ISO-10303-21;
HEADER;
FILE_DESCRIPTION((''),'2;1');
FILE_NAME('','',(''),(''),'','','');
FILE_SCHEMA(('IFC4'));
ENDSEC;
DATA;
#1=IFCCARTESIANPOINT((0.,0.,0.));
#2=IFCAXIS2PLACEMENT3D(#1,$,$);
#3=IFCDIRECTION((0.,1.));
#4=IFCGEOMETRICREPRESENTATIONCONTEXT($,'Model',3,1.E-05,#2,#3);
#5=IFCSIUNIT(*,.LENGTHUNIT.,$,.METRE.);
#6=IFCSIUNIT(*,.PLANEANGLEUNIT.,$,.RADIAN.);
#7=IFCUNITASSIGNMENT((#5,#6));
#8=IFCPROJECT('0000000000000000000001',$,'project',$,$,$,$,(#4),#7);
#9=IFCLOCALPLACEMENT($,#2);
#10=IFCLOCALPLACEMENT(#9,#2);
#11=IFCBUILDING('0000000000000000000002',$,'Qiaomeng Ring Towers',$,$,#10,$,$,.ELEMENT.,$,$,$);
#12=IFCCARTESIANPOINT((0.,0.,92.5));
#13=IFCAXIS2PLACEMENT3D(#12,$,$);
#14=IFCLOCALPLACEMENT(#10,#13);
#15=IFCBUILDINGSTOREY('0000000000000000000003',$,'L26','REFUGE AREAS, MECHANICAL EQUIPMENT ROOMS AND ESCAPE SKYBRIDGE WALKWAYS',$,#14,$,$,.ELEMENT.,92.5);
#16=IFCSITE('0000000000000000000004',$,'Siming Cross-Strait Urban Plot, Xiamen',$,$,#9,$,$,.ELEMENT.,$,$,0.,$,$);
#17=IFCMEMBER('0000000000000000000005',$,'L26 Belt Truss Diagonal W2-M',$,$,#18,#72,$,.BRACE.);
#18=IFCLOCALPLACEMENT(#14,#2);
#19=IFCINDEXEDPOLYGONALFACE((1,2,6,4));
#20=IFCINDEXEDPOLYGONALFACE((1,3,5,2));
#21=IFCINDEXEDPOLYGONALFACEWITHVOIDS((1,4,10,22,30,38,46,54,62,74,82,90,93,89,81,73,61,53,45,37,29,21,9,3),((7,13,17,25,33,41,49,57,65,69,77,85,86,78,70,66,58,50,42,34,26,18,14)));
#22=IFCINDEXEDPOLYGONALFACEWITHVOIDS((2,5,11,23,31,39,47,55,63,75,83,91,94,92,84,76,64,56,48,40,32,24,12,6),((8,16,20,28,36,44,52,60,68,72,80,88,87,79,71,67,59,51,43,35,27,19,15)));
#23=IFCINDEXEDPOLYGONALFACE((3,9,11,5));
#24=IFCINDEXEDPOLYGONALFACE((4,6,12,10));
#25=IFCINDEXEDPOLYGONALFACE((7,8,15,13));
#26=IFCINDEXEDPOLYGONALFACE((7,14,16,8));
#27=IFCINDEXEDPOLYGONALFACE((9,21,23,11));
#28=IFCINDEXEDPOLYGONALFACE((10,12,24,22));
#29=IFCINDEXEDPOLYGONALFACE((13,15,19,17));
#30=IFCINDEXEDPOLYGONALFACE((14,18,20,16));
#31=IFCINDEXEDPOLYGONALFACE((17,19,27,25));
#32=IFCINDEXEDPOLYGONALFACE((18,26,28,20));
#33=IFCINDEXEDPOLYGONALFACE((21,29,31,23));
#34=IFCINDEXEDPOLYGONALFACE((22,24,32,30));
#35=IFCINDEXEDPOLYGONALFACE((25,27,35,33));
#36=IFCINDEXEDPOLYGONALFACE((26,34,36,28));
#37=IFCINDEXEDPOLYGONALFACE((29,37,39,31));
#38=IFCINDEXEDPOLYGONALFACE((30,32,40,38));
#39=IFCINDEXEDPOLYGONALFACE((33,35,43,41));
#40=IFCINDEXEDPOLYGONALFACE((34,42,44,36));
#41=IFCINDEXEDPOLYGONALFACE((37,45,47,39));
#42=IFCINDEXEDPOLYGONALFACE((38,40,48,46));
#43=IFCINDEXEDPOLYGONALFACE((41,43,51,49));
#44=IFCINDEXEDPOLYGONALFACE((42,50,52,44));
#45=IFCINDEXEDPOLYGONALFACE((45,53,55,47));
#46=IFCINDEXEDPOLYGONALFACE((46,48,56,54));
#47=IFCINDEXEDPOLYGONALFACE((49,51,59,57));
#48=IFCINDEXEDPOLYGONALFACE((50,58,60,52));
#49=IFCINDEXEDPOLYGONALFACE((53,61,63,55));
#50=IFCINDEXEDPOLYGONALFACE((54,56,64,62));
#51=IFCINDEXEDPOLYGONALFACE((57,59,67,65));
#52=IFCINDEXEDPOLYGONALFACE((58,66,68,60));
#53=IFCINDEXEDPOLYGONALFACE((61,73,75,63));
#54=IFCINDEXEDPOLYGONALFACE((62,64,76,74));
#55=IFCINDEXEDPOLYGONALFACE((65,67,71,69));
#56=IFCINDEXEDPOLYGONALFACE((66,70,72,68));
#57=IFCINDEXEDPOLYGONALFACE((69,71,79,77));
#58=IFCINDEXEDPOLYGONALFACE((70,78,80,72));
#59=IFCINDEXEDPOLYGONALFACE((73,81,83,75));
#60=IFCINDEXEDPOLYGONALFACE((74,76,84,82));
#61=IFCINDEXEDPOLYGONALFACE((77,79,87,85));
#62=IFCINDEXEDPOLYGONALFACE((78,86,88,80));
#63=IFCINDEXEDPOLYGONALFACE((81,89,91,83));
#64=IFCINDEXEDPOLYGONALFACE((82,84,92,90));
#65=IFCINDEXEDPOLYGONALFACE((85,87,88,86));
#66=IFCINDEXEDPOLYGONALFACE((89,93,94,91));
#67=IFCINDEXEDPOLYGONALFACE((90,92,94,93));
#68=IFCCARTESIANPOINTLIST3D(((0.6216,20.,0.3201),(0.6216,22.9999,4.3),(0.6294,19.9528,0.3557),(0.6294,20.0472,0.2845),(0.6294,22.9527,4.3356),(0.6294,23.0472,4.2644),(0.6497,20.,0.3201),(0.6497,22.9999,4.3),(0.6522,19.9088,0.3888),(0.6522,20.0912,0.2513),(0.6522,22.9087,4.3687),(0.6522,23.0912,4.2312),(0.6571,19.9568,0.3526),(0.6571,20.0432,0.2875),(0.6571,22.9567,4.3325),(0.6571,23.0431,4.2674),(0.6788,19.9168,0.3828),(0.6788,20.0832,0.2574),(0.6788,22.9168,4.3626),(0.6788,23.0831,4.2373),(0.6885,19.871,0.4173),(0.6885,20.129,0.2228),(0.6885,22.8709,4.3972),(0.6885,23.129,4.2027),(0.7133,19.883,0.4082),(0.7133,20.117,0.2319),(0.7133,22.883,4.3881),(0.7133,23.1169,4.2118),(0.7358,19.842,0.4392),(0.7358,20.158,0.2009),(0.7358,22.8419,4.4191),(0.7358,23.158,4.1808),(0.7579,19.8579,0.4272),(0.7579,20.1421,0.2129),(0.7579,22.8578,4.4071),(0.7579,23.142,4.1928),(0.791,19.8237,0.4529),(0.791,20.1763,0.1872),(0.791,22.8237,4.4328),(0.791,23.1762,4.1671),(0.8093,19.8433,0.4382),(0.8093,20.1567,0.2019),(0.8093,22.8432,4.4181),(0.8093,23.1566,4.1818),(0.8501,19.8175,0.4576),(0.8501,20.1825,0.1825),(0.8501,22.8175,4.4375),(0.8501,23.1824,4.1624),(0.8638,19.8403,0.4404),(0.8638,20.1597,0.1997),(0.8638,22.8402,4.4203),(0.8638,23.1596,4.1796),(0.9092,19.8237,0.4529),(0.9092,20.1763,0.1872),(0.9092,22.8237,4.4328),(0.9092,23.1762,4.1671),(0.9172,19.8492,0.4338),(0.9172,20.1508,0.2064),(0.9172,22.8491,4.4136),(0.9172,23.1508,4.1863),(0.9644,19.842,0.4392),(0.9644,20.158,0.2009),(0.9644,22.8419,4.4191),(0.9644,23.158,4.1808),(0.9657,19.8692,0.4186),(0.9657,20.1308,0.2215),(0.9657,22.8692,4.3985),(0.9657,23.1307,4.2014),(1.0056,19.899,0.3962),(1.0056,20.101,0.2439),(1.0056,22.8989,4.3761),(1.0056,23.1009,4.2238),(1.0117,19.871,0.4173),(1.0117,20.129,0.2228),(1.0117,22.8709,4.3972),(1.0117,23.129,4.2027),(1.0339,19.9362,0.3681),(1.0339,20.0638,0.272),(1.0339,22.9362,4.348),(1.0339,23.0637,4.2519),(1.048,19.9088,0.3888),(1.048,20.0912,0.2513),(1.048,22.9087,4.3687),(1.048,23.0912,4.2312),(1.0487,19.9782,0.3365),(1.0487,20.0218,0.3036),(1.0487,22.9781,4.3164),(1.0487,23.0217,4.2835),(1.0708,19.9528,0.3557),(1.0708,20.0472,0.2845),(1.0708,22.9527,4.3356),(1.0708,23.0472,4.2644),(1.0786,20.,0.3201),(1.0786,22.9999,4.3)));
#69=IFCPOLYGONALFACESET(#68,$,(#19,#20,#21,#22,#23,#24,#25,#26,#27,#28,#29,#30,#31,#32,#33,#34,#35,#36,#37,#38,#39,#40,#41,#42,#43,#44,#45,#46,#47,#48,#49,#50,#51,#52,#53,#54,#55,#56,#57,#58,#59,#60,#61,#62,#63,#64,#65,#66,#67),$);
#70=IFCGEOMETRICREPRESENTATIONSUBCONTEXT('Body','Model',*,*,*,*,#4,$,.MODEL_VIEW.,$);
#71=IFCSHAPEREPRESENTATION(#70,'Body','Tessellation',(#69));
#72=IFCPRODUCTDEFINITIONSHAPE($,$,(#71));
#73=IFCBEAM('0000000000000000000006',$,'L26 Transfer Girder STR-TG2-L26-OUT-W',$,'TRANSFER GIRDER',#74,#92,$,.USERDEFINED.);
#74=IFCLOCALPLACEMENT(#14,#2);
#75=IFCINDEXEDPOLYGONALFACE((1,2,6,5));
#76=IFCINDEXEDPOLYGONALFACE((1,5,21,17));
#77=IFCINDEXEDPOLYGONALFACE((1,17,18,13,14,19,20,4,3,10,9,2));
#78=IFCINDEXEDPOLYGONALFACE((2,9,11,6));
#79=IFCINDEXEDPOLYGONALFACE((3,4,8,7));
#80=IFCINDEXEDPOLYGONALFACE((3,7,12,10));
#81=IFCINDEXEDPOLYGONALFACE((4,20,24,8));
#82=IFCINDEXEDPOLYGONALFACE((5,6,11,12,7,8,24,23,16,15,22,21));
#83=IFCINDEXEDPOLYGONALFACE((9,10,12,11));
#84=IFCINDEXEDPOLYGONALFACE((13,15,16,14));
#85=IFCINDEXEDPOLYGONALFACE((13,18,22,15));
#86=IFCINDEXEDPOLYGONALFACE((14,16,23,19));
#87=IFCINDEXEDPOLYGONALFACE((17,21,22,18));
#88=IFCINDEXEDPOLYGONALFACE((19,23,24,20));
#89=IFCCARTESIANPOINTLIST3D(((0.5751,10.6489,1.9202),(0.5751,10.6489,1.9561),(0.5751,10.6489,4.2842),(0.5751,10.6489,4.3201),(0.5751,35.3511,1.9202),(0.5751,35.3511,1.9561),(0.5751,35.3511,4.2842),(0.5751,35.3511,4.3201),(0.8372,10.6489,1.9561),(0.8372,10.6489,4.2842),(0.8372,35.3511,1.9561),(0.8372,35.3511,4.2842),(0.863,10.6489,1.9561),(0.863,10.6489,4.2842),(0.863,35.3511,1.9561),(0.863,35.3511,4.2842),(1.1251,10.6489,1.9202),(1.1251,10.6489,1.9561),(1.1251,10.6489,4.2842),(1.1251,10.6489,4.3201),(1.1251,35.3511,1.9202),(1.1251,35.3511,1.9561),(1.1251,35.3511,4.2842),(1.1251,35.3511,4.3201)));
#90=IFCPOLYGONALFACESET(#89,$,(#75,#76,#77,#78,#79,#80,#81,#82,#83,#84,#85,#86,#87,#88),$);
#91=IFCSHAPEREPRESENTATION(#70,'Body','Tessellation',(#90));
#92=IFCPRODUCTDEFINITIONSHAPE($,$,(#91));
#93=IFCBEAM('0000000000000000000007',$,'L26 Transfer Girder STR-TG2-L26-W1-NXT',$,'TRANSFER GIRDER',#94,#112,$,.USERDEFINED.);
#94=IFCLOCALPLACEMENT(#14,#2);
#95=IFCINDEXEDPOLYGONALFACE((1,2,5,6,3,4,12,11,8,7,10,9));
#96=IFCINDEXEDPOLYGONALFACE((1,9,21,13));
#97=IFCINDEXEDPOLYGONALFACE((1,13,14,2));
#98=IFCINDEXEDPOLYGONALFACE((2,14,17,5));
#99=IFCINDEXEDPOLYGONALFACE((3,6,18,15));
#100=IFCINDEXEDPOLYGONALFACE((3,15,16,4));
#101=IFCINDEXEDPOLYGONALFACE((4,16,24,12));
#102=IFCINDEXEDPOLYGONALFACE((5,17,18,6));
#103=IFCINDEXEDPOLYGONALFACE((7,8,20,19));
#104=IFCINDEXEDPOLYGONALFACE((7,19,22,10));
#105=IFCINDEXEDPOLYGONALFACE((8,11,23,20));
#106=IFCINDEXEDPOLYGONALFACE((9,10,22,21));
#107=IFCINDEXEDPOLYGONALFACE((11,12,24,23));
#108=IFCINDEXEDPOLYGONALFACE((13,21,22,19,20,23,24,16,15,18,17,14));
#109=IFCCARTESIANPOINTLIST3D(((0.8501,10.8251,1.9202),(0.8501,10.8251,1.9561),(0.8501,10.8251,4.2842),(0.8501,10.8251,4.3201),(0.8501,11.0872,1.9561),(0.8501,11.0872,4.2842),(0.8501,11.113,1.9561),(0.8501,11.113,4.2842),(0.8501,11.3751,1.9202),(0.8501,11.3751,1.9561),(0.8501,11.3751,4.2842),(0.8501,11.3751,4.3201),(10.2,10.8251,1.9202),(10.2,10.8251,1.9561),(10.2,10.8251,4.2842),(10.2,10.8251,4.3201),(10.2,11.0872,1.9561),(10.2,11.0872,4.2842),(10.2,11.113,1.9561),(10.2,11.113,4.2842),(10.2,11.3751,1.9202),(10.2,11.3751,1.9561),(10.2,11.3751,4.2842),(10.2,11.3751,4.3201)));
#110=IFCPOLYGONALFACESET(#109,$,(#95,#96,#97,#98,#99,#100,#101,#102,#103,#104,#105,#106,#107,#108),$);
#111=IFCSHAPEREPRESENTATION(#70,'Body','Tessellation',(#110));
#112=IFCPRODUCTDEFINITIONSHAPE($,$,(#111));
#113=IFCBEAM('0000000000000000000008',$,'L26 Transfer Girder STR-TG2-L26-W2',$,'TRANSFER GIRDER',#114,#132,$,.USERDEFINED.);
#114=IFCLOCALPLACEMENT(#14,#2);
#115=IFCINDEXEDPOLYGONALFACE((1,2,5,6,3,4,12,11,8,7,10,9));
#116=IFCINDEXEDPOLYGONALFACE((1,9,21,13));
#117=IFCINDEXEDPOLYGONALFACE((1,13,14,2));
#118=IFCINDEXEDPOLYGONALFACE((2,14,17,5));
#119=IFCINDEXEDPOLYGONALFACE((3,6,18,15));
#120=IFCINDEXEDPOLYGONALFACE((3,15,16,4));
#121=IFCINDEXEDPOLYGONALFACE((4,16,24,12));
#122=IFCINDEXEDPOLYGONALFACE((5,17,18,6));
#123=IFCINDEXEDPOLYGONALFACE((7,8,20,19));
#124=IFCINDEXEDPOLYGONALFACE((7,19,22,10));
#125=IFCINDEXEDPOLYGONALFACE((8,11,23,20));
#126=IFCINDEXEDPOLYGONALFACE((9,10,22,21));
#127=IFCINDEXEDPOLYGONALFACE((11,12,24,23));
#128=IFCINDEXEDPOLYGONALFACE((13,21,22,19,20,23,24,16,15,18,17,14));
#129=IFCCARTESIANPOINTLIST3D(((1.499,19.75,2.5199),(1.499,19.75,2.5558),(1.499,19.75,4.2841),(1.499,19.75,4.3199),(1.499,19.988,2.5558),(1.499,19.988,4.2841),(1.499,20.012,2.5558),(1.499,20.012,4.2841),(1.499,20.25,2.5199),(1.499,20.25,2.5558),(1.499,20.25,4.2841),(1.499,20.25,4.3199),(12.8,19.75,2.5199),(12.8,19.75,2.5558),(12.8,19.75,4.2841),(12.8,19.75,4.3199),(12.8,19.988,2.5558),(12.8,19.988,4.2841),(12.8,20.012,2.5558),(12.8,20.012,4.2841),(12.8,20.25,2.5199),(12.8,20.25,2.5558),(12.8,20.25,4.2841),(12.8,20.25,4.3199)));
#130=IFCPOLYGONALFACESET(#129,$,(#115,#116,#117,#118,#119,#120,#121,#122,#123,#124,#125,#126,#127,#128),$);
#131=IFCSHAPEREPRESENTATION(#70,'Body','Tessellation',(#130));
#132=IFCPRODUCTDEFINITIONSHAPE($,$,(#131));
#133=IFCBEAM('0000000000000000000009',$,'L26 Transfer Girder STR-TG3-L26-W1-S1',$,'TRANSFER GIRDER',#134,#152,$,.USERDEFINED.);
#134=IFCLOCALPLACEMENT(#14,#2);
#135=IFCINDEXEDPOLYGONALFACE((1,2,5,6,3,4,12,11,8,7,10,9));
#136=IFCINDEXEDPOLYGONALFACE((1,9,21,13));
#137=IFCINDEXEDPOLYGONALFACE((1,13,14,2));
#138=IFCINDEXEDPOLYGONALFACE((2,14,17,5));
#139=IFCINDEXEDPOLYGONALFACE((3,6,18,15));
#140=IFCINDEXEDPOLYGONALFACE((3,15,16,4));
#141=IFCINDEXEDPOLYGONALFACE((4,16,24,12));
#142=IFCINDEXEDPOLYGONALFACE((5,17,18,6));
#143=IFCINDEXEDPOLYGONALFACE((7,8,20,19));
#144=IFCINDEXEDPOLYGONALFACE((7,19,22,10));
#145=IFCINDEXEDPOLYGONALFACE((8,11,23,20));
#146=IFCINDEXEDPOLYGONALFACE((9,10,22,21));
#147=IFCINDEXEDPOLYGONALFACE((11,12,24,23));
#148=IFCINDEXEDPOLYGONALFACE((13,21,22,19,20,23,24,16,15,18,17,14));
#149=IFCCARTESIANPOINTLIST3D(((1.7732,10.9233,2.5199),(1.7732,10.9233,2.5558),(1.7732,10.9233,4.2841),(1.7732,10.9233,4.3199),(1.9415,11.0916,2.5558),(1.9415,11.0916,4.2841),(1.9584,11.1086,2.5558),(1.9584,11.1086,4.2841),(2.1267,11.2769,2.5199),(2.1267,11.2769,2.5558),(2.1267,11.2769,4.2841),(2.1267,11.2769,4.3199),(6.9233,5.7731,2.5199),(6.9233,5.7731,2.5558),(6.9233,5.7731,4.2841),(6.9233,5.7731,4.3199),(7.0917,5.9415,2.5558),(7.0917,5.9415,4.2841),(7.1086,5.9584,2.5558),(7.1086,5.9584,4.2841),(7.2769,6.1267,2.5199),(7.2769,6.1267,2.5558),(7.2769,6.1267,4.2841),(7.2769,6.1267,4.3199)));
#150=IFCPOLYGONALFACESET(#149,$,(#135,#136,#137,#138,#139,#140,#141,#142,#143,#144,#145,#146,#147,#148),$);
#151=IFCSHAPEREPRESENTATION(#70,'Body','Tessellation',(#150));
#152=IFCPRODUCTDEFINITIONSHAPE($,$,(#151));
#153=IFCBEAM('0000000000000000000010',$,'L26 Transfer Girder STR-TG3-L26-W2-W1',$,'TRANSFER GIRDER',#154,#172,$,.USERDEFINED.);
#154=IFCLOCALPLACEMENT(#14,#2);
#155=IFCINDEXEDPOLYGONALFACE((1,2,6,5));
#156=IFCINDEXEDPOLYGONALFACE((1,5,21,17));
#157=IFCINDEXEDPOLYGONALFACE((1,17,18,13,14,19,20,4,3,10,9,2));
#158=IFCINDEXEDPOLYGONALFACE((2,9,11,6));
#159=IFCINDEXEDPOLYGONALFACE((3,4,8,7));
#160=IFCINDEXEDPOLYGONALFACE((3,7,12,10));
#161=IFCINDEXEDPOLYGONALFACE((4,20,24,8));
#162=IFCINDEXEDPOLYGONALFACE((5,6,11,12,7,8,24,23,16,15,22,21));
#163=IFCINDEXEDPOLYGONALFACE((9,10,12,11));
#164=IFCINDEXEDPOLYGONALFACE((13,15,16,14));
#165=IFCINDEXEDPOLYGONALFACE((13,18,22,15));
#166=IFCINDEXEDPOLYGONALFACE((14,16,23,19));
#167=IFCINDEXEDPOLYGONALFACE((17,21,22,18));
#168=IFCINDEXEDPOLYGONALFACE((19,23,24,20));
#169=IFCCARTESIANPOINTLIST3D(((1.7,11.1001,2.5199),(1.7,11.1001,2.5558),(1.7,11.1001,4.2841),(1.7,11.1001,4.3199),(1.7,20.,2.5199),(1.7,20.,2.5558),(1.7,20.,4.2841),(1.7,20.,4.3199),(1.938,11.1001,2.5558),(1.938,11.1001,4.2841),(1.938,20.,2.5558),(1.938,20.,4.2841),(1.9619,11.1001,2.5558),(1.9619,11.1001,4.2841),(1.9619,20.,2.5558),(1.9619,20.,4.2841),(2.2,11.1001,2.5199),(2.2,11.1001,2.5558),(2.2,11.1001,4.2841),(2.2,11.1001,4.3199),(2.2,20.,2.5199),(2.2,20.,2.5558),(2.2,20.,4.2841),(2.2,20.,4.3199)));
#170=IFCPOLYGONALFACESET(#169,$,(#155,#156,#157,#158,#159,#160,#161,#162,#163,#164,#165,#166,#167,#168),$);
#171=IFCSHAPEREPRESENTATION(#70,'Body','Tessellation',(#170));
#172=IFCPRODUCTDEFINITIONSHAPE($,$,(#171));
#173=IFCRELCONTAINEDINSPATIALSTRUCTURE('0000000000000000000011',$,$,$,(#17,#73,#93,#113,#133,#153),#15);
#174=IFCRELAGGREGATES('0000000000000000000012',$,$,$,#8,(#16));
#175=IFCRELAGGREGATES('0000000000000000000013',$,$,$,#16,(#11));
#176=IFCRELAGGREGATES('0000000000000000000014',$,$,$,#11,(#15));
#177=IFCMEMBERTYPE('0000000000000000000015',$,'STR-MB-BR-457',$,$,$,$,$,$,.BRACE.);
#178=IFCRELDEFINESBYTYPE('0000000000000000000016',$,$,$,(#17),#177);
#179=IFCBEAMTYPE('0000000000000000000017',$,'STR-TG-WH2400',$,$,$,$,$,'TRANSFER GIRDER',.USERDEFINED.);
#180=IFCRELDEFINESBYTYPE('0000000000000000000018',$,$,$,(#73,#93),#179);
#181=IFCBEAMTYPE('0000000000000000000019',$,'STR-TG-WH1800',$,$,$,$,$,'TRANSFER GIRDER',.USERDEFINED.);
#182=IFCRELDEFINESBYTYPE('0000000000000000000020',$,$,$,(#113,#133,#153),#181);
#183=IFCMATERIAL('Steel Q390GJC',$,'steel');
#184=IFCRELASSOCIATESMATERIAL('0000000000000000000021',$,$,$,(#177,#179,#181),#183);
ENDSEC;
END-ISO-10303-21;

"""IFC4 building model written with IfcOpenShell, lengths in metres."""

from ifc_helpers import new_model, si_unit, direction, frame, origin, origin_2d, place, context, subcontext, project, spatial, hollow_circle, i_section, extrude, source, transform, mapped, material, material_profile, profile_set, type_object, element, save


model = new_model("IFC4")

# Units and contexts
model_context = context("Model", 3, precision=1e-05, world=origin(), true_north=direction((0.0, 1.0)))
body_context = subcontext(model_context, "Body", "Model", "MODEL_VIEW")
ifc_project = project(units=[si_unit("LENGTHUNIT", "METRE"), si_unit("PLANEANGLEUNIT", "RADIAN")], contexts=[model_context])

# Site, building, storey
site_placement = place(None, origin())
site = spatial("IfcSite", under=ifc_project, at=site_placement, Name="Siming Cross-Strait Urban Plot, Xiamen", CompositionType="ELEMENT", RefElevation=0.0)
building_placement = place(site_placement, origin())
building = spatial("IfcBuilding", under=site, at=building_placement, Name="Qiaomeng Ring Towers", CompositionType="ELEMENT")
storey_placement = place(building_placement, frame((0.0, 0.0, 92.5)))
storey = spatial("IfcBuildingStorey", under=building, at=storey_placement, Name="L26", Description="REFUGE AREAS, MECHANICAL EQUIPMENT ROOMS AND ESCAPE SKYBRIDGE WALKWAYS", CompositionType="ELEMENT", Elevation=92.5)

# Member
ifc_material_1 = material(Name="Steel Q390GJC", Category="steel")
ifc_material_profile_1 = material_profile(ifc_material_1, hollow_circle(Radius=0.2285, WallThickness=0.0281, at=origin_2d()), Name="CHS 457x28")
ifc_profile_set_1 = profile_set([ifc_material_profile_1], Name="Steel Q390GJC")
member_type_1 = type_object("IfcMemberType", Name="STR-MB-BR-457", PredefinedType="BRACE", material=ifc_profile_set_1)
shared_shape_1 = source(origin(), body_context, "Body", "SweptSolid", [
    extrude(hollow_circle(Radius=0.2285, WallThickness=0.0281, at=origin_2d()), origin(), (0.0, 0.0, 1.0), 4.9839),
])
member_1_placement = place(storey_placement, frame((0.8501, 20.0, 0.3201), z_axis=(0.0, 0.601926, 0.798552), x_axis=(-1.0, 0.0, 0.0)))
element("IfcMember", 1, at=member_1_placement, inside=storey, type_object=member_type_1, Name="L26 Belt Truss Diagonal W2-M", PredefinedType="BRACE", context=body_context, shape_type="MappedRepresentation", body=[
    mapped(shared_shape_1, transform((0.0, 0.0, 0.0), x_axis=(1.0, 0.0, 0.0), y_axis=(0.0, 1.0, 0.0), z_axis=(0.0, 0.0, 1.0), scale=1.0)),
])

# Beams
ifc_material_profile_2 = material_profile(ifc_material_1, i_section(OverallWidth=0.55, OverallDepth=2.3999, WebThickness=0.0259, FlangeThickness=0.0359, at=origin_2d()), Name="WH 2400x550x26x36")
ifc_profile_set_2 = profile_set([ifc_material_profile_2], Name="Steel Q390GJC")
beam_type_1 = type_object("IfcBeamType", Name="STR-TG-WH2400", ElementType="TRANSFER GIRDER", PredefinedType="USERDEFINED", material=ifc_profile_set_2)
shared_shape_2 = source(origin(), body_context, "Body", "SweptSolid", [
    extrude(i_section(OverallWidth=0.55, OverallDepth=2.3999, WebThickness=0.0259, FlangeThickness=0.0359, at=origin_2d()), origin(), (0.0, 0.0, 1.0), 24.7021),
])
beam_1_placement = place(storey_placement, frame((0.8501, 10.6489, 3.1201), z_axis=(0.0, 1.0, 0.0), x_axis=(-1.0, 0.0, 0.0)))
element("IfcBeam", 2, at=beam_1_placement, inside=storey, type_object=beam_type_1, Name="L26 Transfer Girder STR-TG2-L26-OUT-W", ObjectType="TRANSFER GIRDER", PredefinedType="USERDEFINED", context=body_context, shape_type="MappedRepresentation", body=[
    mapped(shared_shape_2, transform((0.0, 0.0, 0.0), x_axis=(1.0, 0.0, 0.0), y_axis=(0.0, 1.0, 0.0), z_axis=(0.0, 0.0, 1.0), scale=1.0)),
])
shared_shape_3 = source(origin(), body_context, "Body", "SweptSolid", [
    extrude(i_section(OverallWidth=0.55, OverallDepth=2.3999, WebThickness=0.0259, FlangeThickness=0.0359, at=origin_2d()), origin(), (0.0, 0.0, 1.0), 9.3499),
])
beam_2_placement = place(storey_placement, frame((0.8501, 11.1001, 3.1201), z_axis=(1.0, 0.0, 0.0), x_axis=(0.0, 1.0, 0.0)))
element("IfcBeam", 3, at=beam_2_placement, inside=storey, type_object=beam_type_1, Name="L26 Transfer Girder STR-TG2-L26-W1-NXT", ObjectType="TRANSFER GIRDER", PredefinedType="USERDEFINED", context=body_context, shape_type="MappedRepresentation", body=[
    mapped(shared_shape_3, transform((0.0, 0.0, 0.0), x_axis=(1.0, 0.0, 0.0), y_axis=(0.0, 1.0, 0.0), z_axis=(0.0, 0.0, 1.0), scale=1.0)),
])
ifc_material_profile_3 = material_profile(ifc_material_1, i_section(OverallWidth=0.5, OverallDepth=1.8, WebThickness=0.0239, FlangeThickness=0.0359, at=origin_2d()), Name="WH 1800x500x24x36")
ifc_profile_set_3 = profile_set([ifc_material_profile_3], Name="Steel Q390GJC")
beam_type_2 = type_object("IfcBeamType", Name="STR-TG-WH1800", ElementType="TRANSFER GIRDER", PredefinedType="USERDEFINED", material=ifc_profile_set_3)
shared_shape_4 = source(origin(), body_context, "Body", "SweptSolid", [
    extrude(i_section(OverallWidth=0.5, OverallDepth=1.8, WebThickness=0.0239, FlangeThickness=0.0359, at=origin_2d()), origin(), (0.0, 0.0, 1.0), 11.301),
])
beam_3_placement = place(storey_placement, frame((1.499, 20.0, 3.4199), z_axis=(1.0, 0.0, 0.0), x_axis=(0.0, 1.0, 0.0)))
element("IfcBeam", 4, at=beam_3_placement, inside=storey, type_object=beam_type_2, Name="L26 Transfer Girder STR-TG2-L26-W2", ObjectType="TRANSFER GIRDER", PredefinedType="USERDEFINED", context=body_context, shape_type="MappedRepresentation", body=[
    mapped(shared_shape_4, transform((0.0, 0.0, 0.0), x_axis=(1.0, 0.0, 0.0), y_axis=(0.0, 1.0, 0.0), z_axis=(0.0, 0.0, 1.0), scale=1.0)),
])
shared_shape_5 = source(origin(), body_context, "Body", "SweptSolid", [
    extrude(i_section(OverallWidth=0.5, OverallDepth=1.8, WebThickness=0.0239, FlangeThickness=0.0359, at=origin_2d()), origin(), (0.0, 0.0, 1.0), 7.2834),
])
beam_4_placement = place(storey_placement, frame((1.95, 11.1001, 3.4199), z_axis=(0.707107, -0.707107, 0.0), x_axis=(0.707107, 0.707107, 0.0)))
element("IfcBeam", 5, at=beam_4_placement, inside=storey, type_object=beam_type_2, Name="L26 Transfer Girder STR-TG3-L26-W1-S1", ObjectType="TRANSFER GIRDER", PredefinedType="USERDEFINED", context=body_context, shape_type="MappedRepresentation", body=[
    mapped(shared_shape_5, transform((0.0, 0.0, 0.0), x_axis=(1.0, 0.0, 0.0), y_axis=(0.0, 1.0, 0.0), z_axis=(0.0, 0.0, 1.0), scale=1.0)),
])
shared_shape_6 = source(origin(), body_context, "Body", "SweptSolid", [
    extrude(i_section(OverallWidth=0.5, OverallDepth=1.8, WebThickness=0.0239, FlangeThickness=0.0359, at=origin_2d()), origin(), (0.0, 0.0, 1.0), 8.8999),
])
beam_5_placement = place(storey_placement, frame((1.95, 20.0, 3.4199), z_axis=(0.0, -1.0, 0.0), x_axis=(1.0, 0.0, 0.0)))
element("IfcBeam", 6, at=beam_5_placement, inside=storey, type_object=beam_type_2, Name="L26 Transfer Girder STR-TG3-L26-W2-W1", ObjectType="TRANSFER GIRDER", PredefinedType="USERDEFINED", context=body_context, shape_type="MappedRepresentation", body=[
    mapped(shared_shape_6, transform((0.0, 0.0, 0.0), x_axis=(1.0, 0.0, 0.0), y_axis=(0.0, 1.0, 0.0), z_axis=(0.0, 0.0, 1.0), scale=1.0)),
])

save(model, "model.ifc")
